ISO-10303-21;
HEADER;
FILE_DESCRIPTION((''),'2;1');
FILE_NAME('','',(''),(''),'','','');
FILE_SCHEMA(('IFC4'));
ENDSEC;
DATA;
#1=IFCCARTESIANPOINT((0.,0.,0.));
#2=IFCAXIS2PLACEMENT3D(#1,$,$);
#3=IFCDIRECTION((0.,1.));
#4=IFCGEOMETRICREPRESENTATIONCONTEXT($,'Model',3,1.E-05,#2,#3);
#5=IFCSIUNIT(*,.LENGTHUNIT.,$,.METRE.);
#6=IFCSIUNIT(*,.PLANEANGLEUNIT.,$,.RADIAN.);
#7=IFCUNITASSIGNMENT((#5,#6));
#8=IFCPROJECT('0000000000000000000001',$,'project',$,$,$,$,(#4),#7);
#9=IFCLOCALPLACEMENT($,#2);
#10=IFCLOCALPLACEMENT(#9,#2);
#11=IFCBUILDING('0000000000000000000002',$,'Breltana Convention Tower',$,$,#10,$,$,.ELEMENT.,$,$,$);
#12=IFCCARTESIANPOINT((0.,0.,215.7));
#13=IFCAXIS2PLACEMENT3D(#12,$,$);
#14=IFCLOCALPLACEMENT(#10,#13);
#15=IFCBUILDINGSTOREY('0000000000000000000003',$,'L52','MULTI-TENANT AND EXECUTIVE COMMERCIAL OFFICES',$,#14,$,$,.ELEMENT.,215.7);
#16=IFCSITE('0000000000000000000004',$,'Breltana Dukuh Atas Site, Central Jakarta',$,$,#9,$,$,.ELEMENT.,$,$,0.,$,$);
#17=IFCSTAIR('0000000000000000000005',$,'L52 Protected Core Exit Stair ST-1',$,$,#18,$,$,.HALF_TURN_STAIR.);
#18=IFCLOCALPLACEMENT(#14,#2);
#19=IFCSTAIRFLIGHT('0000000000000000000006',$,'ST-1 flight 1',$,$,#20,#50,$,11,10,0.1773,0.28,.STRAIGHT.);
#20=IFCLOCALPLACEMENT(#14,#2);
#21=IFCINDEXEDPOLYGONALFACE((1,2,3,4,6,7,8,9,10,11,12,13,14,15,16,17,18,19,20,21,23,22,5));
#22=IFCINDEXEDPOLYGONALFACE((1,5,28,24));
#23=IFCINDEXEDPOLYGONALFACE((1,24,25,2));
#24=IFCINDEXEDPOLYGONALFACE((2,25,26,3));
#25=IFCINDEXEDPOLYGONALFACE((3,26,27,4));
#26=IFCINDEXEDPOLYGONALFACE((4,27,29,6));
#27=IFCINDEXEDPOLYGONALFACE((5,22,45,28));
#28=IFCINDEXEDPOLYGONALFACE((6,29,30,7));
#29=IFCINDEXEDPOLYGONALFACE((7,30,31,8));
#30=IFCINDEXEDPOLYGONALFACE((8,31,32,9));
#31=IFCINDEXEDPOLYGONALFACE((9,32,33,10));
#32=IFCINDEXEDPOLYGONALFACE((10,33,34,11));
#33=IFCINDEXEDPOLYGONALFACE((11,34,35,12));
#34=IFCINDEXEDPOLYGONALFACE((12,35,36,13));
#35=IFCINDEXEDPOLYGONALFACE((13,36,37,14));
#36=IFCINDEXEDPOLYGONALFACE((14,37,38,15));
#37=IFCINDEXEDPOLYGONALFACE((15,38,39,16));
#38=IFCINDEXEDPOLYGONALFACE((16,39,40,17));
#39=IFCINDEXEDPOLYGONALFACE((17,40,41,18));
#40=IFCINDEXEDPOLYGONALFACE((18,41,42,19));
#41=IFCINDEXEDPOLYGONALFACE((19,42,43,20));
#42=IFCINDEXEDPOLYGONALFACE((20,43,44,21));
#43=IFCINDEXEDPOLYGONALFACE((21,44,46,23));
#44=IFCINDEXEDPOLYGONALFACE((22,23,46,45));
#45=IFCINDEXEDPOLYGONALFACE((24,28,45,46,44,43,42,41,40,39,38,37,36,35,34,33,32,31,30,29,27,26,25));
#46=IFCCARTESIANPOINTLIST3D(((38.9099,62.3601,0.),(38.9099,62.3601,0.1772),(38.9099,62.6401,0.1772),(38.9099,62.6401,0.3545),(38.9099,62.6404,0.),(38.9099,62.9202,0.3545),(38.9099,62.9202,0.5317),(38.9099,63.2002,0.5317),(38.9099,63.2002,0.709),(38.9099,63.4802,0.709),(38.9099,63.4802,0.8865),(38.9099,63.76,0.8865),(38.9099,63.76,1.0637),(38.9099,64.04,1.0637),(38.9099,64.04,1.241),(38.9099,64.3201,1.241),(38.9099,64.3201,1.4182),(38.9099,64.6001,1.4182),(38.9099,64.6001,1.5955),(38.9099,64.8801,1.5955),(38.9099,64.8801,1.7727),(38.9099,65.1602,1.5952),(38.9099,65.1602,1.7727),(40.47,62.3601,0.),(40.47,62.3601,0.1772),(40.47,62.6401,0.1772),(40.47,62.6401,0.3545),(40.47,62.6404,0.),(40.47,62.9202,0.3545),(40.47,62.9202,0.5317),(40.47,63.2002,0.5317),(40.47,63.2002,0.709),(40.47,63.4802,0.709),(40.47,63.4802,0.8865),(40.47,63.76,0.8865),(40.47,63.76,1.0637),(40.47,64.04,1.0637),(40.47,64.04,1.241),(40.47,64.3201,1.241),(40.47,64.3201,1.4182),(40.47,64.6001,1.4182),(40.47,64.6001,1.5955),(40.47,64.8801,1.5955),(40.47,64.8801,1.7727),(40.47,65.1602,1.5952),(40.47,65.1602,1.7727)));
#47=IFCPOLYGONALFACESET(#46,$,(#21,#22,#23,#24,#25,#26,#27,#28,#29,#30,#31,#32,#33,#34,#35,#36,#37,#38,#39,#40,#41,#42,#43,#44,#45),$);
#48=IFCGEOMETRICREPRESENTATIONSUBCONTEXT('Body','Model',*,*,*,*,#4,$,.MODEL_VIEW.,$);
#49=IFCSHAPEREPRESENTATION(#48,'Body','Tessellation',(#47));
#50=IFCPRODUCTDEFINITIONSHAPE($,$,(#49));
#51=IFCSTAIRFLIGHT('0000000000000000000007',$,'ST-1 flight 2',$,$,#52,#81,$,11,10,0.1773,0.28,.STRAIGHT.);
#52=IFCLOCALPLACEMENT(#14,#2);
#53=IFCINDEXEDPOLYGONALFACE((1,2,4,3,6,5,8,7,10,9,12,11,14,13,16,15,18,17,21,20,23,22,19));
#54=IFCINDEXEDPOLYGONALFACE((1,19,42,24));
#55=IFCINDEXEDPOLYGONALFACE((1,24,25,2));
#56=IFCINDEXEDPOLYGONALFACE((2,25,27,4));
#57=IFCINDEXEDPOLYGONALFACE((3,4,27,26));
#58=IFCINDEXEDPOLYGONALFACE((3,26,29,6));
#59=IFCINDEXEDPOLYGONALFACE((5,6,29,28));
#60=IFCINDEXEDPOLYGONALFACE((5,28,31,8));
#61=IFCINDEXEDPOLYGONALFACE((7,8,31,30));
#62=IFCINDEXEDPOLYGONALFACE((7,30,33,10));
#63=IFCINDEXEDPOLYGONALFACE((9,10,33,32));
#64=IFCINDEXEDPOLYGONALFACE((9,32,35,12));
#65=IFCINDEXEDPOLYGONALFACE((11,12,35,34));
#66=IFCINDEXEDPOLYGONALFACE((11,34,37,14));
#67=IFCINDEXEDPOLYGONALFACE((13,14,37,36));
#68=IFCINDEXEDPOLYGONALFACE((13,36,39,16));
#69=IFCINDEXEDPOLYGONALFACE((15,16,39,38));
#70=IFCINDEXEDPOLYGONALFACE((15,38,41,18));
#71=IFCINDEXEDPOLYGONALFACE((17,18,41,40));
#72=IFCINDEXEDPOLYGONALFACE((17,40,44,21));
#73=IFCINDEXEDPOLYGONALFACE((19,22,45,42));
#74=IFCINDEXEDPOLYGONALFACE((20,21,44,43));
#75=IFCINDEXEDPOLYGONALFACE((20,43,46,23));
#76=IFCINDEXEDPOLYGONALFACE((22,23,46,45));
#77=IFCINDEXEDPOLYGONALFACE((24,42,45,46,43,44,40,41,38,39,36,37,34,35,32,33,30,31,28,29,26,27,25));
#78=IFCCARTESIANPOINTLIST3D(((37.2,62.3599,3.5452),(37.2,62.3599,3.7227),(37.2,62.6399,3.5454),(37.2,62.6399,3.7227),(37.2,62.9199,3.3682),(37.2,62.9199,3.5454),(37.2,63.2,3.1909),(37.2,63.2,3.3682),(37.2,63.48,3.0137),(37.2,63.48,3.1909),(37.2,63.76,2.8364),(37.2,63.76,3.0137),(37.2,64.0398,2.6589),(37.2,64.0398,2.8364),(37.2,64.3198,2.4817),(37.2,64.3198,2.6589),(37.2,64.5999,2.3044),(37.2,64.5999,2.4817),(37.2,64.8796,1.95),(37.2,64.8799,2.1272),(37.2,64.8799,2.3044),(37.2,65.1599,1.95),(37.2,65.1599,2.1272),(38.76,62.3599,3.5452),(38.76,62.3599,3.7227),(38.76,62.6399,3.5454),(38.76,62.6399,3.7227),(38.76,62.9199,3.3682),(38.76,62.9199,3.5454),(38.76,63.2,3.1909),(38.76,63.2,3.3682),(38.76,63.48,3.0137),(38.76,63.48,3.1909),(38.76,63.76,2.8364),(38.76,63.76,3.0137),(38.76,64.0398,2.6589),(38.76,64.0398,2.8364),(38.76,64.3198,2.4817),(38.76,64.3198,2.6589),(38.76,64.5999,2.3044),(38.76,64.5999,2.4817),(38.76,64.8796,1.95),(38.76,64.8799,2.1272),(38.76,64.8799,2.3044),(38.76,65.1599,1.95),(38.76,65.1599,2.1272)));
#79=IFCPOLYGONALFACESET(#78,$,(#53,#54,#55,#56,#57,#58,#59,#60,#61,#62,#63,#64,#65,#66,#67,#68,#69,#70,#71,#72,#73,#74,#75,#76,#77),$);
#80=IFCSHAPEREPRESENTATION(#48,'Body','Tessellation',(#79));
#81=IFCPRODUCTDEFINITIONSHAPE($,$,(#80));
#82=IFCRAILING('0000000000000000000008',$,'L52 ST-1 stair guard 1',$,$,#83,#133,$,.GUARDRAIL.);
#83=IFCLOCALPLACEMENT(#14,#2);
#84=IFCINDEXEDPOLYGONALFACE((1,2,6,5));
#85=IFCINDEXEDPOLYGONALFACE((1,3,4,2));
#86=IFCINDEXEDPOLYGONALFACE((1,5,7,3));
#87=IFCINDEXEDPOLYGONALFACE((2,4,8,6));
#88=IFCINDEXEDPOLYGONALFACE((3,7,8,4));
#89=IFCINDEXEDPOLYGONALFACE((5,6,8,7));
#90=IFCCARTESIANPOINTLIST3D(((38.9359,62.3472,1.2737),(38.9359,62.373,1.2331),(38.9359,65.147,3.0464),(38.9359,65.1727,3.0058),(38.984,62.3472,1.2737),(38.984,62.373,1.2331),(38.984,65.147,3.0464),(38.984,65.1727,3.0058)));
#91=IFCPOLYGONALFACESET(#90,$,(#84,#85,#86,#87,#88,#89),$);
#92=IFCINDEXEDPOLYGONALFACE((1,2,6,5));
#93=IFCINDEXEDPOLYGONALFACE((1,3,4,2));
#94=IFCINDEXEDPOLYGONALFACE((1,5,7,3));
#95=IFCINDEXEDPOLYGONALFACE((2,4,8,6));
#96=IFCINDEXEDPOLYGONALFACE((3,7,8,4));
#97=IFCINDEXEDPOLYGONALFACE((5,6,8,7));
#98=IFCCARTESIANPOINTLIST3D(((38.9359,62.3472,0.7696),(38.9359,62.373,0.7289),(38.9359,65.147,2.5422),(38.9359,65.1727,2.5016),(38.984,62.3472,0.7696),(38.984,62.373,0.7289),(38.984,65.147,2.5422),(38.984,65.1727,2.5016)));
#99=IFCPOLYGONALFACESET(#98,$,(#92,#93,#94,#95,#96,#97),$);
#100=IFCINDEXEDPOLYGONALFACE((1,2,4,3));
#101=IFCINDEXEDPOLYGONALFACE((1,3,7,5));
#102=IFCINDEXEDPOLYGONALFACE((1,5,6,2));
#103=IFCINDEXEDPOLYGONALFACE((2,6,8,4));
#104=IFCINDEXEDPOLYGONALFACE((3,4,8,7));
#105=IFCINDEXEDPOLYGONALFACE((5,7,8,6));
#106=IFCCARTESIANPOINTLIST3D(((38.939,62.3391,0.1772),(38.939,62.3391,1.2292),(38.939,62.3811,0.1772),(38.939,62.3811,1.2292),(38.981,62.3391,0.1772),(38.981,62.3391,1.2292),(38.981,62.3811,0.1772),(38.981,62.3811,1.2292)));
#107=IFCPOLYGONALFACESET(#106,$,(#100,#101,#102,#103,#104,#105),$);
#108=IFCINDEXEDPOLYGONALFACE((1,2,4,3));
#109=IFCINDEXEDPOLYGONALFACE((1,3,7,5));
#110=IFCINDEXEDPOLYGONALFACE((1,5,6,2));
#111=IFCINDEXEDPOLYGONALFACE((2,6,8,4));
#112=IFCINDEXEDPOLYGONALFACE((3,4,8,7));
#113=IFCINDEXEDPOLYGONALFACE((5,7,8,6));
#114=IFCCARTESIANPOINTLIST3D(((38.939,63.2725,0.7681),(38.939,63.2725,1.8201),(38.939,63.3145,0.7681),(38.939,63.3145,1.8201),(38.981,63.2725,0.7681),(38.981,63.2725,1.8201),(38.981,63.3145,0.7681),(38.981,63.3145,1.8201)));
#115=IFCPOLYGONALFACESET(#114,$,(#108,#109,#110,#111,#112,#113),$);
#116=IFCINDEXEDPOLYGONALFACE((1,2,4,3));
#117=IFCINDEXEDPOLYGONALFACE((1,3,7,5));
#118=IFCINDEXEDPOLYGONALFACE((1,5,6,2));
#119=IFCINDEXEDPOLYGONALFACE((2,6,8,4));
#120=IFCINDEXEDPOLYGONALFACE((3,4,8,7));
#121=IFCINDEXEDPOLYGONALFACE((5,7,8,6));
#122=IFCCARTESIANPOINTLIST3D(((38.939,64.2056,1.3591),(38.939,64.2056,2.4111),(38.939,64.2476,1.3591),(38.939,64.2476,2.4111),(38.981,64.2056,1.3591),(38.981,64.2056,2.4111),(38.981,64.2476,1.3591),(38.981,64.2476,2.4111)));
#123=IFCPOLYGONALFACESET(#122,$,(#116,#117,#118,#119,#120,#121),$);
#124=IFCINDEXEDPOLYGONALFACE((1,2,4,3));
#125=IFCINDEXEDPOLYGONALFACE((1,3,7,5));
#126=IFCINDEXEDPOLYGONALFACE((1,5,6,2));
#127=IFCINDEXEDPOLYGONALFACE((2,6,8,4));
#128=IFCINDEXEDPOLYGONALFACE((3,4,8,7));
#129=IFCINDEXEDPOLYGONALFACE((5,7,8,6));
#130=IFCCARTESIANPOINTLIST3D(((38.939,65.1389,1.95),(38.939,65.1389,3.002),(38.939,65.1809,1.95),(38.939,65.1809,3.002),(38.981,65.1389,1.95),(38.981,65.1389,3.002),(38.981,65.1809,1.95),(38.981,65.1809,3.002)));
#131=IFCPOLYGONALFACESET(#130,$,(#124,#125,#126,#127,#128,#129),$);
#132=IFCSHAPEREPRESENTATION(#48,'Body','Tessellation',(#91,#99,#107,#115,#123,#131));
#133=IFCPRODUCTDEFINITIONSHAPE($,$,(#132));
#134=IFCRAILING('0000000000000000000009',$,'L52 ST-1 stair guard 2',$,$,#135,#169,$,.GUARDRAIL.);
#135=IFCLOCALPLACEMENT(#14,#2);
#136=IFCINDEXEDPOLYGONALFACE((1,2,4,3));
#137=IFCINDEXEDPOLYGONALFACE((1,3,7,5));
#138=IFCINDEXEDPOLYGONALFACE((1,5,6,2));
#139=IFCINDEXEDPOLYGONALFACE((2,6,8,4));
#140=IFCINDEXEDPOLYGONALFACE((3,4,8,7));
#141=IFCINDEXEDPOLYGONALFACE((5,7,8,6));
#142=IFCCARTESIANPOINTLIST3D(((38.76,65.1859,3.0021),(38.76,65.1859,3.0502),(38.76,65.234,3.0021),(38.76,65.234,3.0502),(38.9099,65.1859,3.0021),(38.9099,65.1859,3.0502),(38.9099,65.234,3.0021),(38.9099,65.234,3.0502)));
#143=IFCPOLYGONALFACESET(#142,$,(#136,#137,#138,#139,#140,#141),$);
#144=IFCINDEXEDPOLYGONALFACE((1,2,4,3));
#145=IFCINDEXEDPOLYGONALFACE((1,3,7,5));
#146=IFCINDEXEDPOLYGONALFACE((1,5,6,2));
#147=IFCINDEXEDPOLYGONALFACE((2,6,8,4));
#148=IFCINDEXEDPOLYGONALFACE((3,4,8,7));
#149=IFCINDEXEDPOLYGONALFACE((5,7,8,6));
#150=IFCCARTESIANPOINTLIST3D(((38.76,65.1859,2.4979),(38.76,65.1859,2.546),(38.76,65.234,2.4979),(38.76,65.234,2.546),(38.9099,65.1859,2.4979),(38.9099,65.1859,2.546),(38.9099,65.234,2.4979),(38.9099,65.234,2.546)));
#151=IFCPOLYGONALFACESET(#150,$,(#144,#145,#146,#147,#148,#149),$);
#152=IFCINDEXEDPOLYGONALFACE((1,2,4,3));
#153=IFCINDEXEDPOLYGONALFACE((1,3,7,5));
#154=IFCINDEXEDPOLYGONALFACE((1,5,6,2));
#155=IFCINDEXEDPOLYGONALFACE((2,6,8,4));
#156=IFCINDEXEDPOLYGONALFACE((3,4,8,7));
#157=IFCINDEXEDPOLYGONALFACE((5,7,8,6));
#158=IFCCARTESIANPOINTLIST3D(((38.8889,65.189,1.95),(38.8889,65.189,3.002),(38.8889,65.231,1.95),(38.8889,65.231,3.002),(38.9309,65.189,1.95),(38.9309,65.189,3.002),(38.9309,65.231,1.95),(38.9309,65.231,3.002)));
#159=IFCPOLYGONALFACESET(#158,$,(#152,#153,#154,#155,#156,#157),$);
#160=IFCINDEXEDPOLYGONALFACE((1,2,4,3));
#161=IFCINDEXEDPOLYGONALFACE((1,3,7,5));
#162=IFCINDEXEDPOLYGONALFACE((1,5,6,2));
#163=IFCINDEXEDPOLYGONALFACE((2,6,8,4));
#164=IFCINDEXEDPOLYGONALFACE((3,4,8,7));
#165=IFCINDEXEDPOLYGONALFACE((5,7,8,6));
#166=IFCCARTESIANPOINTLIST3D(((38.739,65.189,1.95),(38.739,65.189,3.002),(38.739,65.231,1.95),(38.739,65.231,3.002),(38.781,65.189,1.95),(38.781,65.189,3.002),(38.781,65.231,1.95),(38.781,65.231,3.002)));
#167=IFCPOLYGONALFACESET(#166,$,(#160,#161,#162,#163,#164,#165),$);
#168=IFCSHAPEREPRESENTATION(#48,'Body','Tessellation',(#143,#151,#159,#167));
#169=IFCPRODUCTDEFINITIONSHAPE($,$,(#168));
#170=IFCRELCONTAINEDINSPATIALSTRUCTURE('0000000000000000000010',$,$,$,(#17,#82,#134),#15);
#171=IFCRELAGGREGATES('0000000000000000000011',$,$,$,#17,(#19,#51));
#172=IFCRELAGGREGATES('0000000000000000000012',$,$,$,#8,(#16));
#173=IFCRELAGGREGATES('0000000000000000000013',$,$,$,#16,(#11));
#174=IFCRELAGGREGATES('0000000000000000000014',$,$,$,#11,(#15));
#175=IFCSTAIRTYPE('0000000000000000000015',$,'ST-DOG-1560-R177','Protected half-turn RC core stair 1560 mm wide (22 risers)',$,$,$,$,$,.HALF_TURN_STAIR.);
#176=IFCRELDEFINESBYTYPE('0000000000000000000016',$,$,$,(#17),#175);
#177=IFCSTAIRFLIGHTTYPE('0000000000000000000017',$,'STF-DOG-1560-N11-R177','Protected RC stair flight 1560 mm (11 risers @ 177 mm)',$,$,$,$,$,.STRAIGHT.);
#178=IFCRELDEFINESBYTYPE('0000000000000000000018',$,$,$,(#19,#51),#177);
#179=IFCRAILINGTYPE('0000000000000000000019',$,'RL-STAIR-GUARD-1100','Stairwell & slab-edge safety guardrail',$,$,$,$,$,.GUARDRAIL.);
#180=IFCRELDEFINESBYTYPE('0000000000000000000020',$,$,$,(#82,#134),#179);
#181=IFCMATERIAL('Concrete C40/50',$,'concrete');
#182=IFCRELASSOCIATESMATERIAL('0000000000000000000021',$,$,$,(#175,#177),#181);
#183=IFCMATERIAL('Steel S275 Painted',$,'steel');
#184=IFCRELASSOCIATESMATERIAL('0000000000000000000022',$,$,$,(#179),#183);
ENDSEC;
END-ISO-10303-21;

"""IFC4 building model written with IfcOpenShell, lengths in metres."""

from ifc_helpers import new_model, si_unit, direction, frame, origin, origin_2d, place, context, subcontext, project, spatial, polyline, rectangle, outline, extrude, material, type_object, element, aggregate, save


model = new_model("IFC4")

# Units and contexts
model_context = context("Model", 3, precision=1e-05, world=origin(), true_north=direction((0.0, 1.0)))
body_context = subcontext(model_context, "Body", "Model", "MODEL_VIEW")
ifc_project = project(units=[si_unit("LENGTHUNIT", "METRE"), si_unit("PLANEANGLEUNIT", "RADIAN")], contexts=[model_context])

# Site, building, storey
site_placement = place(None, origin())
site = spatial("IfcSite", under=ifc_project, at=site_placement, Name="Breltana Dukuh Atas Site, Central Jakarta", CompositionType="ELEMENT", RefElevation=0.0)
building_placement = place(site_placement, origin())
building = spatial("IfcBuilding", under=site, at=building_placement, Name="Breltana Convention Tower", CompositionType="ELEMENT")
storey_placement = place(building_placement, frame((0.0, 0.0, 215.7)))
storey = spatial("IfcBuildingStorey", under=building, at=storey_placement, Name="L52", Description="MULTI-TENANT AND EXECUTIVE COMMERCIAL OFFICES", CompositionType="ELEMENT", Elevation=215.7)

# Stair, stair flights
ifc_material_1 = material(Name="Concrete C40/50", Category="concrete")
stair_type = type_object("IfcStairType", Name="ST-DOG-1560-R177", Description="Protected half-turn RC core stair 1560 mm wide (22 risers)", PredefinedType="HALF_TURN_STAIR", material=ifc_material_1)
stair_placement = place(storey_placement, origin())
stair = element("IfcStair", 1, at=stair_placement, inside=storey, type_object=stair_type, Name="L52 Protected Core Exit Stair ST-1", PredefinedType="HALF_TURN_STAIR")
stair_flight_type = type_object("IfcStairFlightType", Name="STF-DOG-1560-N11-R177", Description="Protected RC stair flight 1560 mm (11 risers @ 177 mm)", PredefinedType="STRAIGHT", material=ifc_material_1)
stair_flight_1_placement = place(storey_placement, frame((39.6899, 62.3601, 0.0), z_axis=(0.0, 0.0, 1.0), x_axis=(0.0, 1.0, 0.0)))
stair_flight_1 = element("IfcStairFlight", 2, at=stair_flight_1_placement, type_object=stair_flight_type, Name="ST-1 flight 1", NumberOfRisers=11, NumberOfTreads=10, PredefinedType="STRAIGHT", RiserHeight=0.1773, TreadLength=0.28, context=body_context, shape_type="SweptSolid", body=[
    extrude(outline(polyline([(0.0, 0.0), (0.0, 0.1772), (0.28, 0.1772), (0.28, 0.3545), (0.5601, 0.3545), (0.5601, 0.5317), (0.8401, 0.5317), (0.8401, 0.709), (1.1201, 0.709), (1.1201, 0.8865), (1.3999, 0.8865), (1.3999, 1.0637), (1.6799, 1.0637), (1.6799, 1.241), (1.96, 1.241), (1.96, 1.4182), (2.24, 1.4182), (2.24, 1.5955), (2.52, 1.5955), (2.52, 1.7727), (2.8, 1.7727), (2.8, 1.95), (2.8, 1.5952), (0.2803, 0.0), (0.0, 0.0)])), frame((0.0, 0.78, 0.0), z_axis=(0.0, -1.0, 0.0), x_axis=(1.0, 0.0, 0.0)), (0.0, 0.0, 1.0), 1.5601),
])
stair_flight_2_placement = place(storey_placement, frame((37.98, 65.1599, 1.95), z_axis=(0.0, 0.0, 1.0), x_axis=(0.0, -1.0, 0.0)))
stair_flight_2 = element("IfcStairFlight", 3, at=stair_flight_2_placement, type_object=stair_flight_type, Name="ST-1 flight 2", NumberOfRisers=11, NumberOfTreads=10, PredefinedType="STRAIGHT", RiserHeight=0.1773, TreadLength=0.28, context=body_context, shape_type="SweptSolid", body=[
    extrude(outline(polyline([(0.0, 0.0), (0.0, 0.1772), (0.28, 0.1772), (0.28, 0.3545), (0.5601, 0.3545), (0.5601, 0.5317), (0.8401, 0.5317), (0.8401, 0.709), (1.1201, 0.709), (1.1201, 0.8865), (1.3999, 0.8865), (1.3999, 1.0637), (1.6799, 1.0637), (1.6799, 1.241), (1.96, 1.241), (1.96, 1.4182), (2.24, 1.4182), (2.24, 1.5955), (2.52, 1.5955), (2.52, 1.7727), (2.8, 1.7727), (2.8, 1.95), (2.8, 1.5952), (0.2803, 0.0), (0.0, 0.0)])), frame((0.0, 0.78, 0.0), z_axis=(0.0, -1.0, 0.0), x_axis=(1.0, 0.0, 0.0)), (0.0, 0.0, 1.0), 1.5601),
])
aggregate(stair, [stair_flight_1, stair_flight_2])

# Railings
ifc_material_2 = material(Name="Steel S275 Painted", Category="steel")
railing_type_1 = type_object("IfcRailingType", Name="RL-STAIR-GUARD-1100", Description="Stairwell & slab-edge safety guardrail", PredefinedType="GUARDRAIL", material=ifc_material_2)
railing_1_placement = place(storey_placement, frame((38.96, 62.3601, 0.1772)))
element("IfcRailing", 4, at=railing_1_placement, inside=storey, type_object=railing_type_1, Name="L52 ST-1 stair guard 1", PredefinedType="GUARDRAIL", context=body_context, shape_type="SweptSolid", body=[
    extrude(rectangle(XDim=0.0481, YDim=0.0481, at=origin_2d()), frame((0.0, 0.0, 1.0762), z_axis=(0.0, 0.844888, 0.534943), x_axis=(-1.0, 0.0, 0.0)), (0.0, 0.0, 1.0), 3.3137),
    extrude(rectangle(XDim=0.0481, YDim=0.0481, at=origin_2d()), frame((0.0, 0.0, 0.572), z_axis=(0.0, 0.844888, 0.534943), x_axis=(-1.0, 0.0, 0.0)), (0.0, 0.0, 1.0), 3.3137),
    extrude(rectangle(XDim=0.042, YDim=0.042, at=origin_2d()), origin(), (0.0, 0.0, 1.0), 1.052),
    extrude(rectangle(XDim=0.042, YDim=0.042, at=origin_2d()), frame((0.0, 0.9333, 0.5908)), (0.0, 0.0, 1.0), 1.052),
    extrude(rectangle(XDim=0.042, YDim=0.042, at=origin_2d()), frame((0.0, 1.8665, 1.1819)), (0.0, 0.0, 1.0), 1.052),
    extrude(rectangle(XDim=0.042, YDim=0.042, at=origin_2d()), frame((0.0, 2.7998, 1.7727)), (0.0, 0.0, 1.0), 1.052),
])
railing_2_placement = place(storey_placement, frame((38.9099, 65.21, 1.95)))
element("IfcRailing", 5, at=railing_2_placement, inside=storey, type_object=railing_type_1, Name="L52 ST-1 stair guard 2", PredefinedType="GUARDRAIL", context=body_context, shape_type="SweptSolid", body=[
    extrude(rectangle(XDim=0.0481, YDim=0.0481, at=origin_2d()), frame((0.0, 0.0, 1.0762), z_axis=(-1.0, 0.0, 0.0), x_axis=(0.0, -1.0, 0.0)), (0.0, 0.0, 1.0), 0.1499),
    extrude(rectangle(XDim=0.0481, YDim=0.0481, at=origin_2d()), frame((0.0, 0.0, 0.572), z_axis=(-1.0, 0.0, 0.0), x_axis=(0.0, -1.0, 0.0)), (0.0, 0.0, 1.0), 0.1499),
    extrude(rectangle(XDim=0.042, YDim=0.042, at=origin_2d()), origin(), (0.0, 0.0, 1.0), 1.052),
    extrude(rectangle(XDim=0.042, YDim=0.042, at=origin_2d()), frame((-0.1499, 0.0, 0.0)), (0.0, 0.0, 1.0), 1.052),
])

save(model, "model.ifc")
